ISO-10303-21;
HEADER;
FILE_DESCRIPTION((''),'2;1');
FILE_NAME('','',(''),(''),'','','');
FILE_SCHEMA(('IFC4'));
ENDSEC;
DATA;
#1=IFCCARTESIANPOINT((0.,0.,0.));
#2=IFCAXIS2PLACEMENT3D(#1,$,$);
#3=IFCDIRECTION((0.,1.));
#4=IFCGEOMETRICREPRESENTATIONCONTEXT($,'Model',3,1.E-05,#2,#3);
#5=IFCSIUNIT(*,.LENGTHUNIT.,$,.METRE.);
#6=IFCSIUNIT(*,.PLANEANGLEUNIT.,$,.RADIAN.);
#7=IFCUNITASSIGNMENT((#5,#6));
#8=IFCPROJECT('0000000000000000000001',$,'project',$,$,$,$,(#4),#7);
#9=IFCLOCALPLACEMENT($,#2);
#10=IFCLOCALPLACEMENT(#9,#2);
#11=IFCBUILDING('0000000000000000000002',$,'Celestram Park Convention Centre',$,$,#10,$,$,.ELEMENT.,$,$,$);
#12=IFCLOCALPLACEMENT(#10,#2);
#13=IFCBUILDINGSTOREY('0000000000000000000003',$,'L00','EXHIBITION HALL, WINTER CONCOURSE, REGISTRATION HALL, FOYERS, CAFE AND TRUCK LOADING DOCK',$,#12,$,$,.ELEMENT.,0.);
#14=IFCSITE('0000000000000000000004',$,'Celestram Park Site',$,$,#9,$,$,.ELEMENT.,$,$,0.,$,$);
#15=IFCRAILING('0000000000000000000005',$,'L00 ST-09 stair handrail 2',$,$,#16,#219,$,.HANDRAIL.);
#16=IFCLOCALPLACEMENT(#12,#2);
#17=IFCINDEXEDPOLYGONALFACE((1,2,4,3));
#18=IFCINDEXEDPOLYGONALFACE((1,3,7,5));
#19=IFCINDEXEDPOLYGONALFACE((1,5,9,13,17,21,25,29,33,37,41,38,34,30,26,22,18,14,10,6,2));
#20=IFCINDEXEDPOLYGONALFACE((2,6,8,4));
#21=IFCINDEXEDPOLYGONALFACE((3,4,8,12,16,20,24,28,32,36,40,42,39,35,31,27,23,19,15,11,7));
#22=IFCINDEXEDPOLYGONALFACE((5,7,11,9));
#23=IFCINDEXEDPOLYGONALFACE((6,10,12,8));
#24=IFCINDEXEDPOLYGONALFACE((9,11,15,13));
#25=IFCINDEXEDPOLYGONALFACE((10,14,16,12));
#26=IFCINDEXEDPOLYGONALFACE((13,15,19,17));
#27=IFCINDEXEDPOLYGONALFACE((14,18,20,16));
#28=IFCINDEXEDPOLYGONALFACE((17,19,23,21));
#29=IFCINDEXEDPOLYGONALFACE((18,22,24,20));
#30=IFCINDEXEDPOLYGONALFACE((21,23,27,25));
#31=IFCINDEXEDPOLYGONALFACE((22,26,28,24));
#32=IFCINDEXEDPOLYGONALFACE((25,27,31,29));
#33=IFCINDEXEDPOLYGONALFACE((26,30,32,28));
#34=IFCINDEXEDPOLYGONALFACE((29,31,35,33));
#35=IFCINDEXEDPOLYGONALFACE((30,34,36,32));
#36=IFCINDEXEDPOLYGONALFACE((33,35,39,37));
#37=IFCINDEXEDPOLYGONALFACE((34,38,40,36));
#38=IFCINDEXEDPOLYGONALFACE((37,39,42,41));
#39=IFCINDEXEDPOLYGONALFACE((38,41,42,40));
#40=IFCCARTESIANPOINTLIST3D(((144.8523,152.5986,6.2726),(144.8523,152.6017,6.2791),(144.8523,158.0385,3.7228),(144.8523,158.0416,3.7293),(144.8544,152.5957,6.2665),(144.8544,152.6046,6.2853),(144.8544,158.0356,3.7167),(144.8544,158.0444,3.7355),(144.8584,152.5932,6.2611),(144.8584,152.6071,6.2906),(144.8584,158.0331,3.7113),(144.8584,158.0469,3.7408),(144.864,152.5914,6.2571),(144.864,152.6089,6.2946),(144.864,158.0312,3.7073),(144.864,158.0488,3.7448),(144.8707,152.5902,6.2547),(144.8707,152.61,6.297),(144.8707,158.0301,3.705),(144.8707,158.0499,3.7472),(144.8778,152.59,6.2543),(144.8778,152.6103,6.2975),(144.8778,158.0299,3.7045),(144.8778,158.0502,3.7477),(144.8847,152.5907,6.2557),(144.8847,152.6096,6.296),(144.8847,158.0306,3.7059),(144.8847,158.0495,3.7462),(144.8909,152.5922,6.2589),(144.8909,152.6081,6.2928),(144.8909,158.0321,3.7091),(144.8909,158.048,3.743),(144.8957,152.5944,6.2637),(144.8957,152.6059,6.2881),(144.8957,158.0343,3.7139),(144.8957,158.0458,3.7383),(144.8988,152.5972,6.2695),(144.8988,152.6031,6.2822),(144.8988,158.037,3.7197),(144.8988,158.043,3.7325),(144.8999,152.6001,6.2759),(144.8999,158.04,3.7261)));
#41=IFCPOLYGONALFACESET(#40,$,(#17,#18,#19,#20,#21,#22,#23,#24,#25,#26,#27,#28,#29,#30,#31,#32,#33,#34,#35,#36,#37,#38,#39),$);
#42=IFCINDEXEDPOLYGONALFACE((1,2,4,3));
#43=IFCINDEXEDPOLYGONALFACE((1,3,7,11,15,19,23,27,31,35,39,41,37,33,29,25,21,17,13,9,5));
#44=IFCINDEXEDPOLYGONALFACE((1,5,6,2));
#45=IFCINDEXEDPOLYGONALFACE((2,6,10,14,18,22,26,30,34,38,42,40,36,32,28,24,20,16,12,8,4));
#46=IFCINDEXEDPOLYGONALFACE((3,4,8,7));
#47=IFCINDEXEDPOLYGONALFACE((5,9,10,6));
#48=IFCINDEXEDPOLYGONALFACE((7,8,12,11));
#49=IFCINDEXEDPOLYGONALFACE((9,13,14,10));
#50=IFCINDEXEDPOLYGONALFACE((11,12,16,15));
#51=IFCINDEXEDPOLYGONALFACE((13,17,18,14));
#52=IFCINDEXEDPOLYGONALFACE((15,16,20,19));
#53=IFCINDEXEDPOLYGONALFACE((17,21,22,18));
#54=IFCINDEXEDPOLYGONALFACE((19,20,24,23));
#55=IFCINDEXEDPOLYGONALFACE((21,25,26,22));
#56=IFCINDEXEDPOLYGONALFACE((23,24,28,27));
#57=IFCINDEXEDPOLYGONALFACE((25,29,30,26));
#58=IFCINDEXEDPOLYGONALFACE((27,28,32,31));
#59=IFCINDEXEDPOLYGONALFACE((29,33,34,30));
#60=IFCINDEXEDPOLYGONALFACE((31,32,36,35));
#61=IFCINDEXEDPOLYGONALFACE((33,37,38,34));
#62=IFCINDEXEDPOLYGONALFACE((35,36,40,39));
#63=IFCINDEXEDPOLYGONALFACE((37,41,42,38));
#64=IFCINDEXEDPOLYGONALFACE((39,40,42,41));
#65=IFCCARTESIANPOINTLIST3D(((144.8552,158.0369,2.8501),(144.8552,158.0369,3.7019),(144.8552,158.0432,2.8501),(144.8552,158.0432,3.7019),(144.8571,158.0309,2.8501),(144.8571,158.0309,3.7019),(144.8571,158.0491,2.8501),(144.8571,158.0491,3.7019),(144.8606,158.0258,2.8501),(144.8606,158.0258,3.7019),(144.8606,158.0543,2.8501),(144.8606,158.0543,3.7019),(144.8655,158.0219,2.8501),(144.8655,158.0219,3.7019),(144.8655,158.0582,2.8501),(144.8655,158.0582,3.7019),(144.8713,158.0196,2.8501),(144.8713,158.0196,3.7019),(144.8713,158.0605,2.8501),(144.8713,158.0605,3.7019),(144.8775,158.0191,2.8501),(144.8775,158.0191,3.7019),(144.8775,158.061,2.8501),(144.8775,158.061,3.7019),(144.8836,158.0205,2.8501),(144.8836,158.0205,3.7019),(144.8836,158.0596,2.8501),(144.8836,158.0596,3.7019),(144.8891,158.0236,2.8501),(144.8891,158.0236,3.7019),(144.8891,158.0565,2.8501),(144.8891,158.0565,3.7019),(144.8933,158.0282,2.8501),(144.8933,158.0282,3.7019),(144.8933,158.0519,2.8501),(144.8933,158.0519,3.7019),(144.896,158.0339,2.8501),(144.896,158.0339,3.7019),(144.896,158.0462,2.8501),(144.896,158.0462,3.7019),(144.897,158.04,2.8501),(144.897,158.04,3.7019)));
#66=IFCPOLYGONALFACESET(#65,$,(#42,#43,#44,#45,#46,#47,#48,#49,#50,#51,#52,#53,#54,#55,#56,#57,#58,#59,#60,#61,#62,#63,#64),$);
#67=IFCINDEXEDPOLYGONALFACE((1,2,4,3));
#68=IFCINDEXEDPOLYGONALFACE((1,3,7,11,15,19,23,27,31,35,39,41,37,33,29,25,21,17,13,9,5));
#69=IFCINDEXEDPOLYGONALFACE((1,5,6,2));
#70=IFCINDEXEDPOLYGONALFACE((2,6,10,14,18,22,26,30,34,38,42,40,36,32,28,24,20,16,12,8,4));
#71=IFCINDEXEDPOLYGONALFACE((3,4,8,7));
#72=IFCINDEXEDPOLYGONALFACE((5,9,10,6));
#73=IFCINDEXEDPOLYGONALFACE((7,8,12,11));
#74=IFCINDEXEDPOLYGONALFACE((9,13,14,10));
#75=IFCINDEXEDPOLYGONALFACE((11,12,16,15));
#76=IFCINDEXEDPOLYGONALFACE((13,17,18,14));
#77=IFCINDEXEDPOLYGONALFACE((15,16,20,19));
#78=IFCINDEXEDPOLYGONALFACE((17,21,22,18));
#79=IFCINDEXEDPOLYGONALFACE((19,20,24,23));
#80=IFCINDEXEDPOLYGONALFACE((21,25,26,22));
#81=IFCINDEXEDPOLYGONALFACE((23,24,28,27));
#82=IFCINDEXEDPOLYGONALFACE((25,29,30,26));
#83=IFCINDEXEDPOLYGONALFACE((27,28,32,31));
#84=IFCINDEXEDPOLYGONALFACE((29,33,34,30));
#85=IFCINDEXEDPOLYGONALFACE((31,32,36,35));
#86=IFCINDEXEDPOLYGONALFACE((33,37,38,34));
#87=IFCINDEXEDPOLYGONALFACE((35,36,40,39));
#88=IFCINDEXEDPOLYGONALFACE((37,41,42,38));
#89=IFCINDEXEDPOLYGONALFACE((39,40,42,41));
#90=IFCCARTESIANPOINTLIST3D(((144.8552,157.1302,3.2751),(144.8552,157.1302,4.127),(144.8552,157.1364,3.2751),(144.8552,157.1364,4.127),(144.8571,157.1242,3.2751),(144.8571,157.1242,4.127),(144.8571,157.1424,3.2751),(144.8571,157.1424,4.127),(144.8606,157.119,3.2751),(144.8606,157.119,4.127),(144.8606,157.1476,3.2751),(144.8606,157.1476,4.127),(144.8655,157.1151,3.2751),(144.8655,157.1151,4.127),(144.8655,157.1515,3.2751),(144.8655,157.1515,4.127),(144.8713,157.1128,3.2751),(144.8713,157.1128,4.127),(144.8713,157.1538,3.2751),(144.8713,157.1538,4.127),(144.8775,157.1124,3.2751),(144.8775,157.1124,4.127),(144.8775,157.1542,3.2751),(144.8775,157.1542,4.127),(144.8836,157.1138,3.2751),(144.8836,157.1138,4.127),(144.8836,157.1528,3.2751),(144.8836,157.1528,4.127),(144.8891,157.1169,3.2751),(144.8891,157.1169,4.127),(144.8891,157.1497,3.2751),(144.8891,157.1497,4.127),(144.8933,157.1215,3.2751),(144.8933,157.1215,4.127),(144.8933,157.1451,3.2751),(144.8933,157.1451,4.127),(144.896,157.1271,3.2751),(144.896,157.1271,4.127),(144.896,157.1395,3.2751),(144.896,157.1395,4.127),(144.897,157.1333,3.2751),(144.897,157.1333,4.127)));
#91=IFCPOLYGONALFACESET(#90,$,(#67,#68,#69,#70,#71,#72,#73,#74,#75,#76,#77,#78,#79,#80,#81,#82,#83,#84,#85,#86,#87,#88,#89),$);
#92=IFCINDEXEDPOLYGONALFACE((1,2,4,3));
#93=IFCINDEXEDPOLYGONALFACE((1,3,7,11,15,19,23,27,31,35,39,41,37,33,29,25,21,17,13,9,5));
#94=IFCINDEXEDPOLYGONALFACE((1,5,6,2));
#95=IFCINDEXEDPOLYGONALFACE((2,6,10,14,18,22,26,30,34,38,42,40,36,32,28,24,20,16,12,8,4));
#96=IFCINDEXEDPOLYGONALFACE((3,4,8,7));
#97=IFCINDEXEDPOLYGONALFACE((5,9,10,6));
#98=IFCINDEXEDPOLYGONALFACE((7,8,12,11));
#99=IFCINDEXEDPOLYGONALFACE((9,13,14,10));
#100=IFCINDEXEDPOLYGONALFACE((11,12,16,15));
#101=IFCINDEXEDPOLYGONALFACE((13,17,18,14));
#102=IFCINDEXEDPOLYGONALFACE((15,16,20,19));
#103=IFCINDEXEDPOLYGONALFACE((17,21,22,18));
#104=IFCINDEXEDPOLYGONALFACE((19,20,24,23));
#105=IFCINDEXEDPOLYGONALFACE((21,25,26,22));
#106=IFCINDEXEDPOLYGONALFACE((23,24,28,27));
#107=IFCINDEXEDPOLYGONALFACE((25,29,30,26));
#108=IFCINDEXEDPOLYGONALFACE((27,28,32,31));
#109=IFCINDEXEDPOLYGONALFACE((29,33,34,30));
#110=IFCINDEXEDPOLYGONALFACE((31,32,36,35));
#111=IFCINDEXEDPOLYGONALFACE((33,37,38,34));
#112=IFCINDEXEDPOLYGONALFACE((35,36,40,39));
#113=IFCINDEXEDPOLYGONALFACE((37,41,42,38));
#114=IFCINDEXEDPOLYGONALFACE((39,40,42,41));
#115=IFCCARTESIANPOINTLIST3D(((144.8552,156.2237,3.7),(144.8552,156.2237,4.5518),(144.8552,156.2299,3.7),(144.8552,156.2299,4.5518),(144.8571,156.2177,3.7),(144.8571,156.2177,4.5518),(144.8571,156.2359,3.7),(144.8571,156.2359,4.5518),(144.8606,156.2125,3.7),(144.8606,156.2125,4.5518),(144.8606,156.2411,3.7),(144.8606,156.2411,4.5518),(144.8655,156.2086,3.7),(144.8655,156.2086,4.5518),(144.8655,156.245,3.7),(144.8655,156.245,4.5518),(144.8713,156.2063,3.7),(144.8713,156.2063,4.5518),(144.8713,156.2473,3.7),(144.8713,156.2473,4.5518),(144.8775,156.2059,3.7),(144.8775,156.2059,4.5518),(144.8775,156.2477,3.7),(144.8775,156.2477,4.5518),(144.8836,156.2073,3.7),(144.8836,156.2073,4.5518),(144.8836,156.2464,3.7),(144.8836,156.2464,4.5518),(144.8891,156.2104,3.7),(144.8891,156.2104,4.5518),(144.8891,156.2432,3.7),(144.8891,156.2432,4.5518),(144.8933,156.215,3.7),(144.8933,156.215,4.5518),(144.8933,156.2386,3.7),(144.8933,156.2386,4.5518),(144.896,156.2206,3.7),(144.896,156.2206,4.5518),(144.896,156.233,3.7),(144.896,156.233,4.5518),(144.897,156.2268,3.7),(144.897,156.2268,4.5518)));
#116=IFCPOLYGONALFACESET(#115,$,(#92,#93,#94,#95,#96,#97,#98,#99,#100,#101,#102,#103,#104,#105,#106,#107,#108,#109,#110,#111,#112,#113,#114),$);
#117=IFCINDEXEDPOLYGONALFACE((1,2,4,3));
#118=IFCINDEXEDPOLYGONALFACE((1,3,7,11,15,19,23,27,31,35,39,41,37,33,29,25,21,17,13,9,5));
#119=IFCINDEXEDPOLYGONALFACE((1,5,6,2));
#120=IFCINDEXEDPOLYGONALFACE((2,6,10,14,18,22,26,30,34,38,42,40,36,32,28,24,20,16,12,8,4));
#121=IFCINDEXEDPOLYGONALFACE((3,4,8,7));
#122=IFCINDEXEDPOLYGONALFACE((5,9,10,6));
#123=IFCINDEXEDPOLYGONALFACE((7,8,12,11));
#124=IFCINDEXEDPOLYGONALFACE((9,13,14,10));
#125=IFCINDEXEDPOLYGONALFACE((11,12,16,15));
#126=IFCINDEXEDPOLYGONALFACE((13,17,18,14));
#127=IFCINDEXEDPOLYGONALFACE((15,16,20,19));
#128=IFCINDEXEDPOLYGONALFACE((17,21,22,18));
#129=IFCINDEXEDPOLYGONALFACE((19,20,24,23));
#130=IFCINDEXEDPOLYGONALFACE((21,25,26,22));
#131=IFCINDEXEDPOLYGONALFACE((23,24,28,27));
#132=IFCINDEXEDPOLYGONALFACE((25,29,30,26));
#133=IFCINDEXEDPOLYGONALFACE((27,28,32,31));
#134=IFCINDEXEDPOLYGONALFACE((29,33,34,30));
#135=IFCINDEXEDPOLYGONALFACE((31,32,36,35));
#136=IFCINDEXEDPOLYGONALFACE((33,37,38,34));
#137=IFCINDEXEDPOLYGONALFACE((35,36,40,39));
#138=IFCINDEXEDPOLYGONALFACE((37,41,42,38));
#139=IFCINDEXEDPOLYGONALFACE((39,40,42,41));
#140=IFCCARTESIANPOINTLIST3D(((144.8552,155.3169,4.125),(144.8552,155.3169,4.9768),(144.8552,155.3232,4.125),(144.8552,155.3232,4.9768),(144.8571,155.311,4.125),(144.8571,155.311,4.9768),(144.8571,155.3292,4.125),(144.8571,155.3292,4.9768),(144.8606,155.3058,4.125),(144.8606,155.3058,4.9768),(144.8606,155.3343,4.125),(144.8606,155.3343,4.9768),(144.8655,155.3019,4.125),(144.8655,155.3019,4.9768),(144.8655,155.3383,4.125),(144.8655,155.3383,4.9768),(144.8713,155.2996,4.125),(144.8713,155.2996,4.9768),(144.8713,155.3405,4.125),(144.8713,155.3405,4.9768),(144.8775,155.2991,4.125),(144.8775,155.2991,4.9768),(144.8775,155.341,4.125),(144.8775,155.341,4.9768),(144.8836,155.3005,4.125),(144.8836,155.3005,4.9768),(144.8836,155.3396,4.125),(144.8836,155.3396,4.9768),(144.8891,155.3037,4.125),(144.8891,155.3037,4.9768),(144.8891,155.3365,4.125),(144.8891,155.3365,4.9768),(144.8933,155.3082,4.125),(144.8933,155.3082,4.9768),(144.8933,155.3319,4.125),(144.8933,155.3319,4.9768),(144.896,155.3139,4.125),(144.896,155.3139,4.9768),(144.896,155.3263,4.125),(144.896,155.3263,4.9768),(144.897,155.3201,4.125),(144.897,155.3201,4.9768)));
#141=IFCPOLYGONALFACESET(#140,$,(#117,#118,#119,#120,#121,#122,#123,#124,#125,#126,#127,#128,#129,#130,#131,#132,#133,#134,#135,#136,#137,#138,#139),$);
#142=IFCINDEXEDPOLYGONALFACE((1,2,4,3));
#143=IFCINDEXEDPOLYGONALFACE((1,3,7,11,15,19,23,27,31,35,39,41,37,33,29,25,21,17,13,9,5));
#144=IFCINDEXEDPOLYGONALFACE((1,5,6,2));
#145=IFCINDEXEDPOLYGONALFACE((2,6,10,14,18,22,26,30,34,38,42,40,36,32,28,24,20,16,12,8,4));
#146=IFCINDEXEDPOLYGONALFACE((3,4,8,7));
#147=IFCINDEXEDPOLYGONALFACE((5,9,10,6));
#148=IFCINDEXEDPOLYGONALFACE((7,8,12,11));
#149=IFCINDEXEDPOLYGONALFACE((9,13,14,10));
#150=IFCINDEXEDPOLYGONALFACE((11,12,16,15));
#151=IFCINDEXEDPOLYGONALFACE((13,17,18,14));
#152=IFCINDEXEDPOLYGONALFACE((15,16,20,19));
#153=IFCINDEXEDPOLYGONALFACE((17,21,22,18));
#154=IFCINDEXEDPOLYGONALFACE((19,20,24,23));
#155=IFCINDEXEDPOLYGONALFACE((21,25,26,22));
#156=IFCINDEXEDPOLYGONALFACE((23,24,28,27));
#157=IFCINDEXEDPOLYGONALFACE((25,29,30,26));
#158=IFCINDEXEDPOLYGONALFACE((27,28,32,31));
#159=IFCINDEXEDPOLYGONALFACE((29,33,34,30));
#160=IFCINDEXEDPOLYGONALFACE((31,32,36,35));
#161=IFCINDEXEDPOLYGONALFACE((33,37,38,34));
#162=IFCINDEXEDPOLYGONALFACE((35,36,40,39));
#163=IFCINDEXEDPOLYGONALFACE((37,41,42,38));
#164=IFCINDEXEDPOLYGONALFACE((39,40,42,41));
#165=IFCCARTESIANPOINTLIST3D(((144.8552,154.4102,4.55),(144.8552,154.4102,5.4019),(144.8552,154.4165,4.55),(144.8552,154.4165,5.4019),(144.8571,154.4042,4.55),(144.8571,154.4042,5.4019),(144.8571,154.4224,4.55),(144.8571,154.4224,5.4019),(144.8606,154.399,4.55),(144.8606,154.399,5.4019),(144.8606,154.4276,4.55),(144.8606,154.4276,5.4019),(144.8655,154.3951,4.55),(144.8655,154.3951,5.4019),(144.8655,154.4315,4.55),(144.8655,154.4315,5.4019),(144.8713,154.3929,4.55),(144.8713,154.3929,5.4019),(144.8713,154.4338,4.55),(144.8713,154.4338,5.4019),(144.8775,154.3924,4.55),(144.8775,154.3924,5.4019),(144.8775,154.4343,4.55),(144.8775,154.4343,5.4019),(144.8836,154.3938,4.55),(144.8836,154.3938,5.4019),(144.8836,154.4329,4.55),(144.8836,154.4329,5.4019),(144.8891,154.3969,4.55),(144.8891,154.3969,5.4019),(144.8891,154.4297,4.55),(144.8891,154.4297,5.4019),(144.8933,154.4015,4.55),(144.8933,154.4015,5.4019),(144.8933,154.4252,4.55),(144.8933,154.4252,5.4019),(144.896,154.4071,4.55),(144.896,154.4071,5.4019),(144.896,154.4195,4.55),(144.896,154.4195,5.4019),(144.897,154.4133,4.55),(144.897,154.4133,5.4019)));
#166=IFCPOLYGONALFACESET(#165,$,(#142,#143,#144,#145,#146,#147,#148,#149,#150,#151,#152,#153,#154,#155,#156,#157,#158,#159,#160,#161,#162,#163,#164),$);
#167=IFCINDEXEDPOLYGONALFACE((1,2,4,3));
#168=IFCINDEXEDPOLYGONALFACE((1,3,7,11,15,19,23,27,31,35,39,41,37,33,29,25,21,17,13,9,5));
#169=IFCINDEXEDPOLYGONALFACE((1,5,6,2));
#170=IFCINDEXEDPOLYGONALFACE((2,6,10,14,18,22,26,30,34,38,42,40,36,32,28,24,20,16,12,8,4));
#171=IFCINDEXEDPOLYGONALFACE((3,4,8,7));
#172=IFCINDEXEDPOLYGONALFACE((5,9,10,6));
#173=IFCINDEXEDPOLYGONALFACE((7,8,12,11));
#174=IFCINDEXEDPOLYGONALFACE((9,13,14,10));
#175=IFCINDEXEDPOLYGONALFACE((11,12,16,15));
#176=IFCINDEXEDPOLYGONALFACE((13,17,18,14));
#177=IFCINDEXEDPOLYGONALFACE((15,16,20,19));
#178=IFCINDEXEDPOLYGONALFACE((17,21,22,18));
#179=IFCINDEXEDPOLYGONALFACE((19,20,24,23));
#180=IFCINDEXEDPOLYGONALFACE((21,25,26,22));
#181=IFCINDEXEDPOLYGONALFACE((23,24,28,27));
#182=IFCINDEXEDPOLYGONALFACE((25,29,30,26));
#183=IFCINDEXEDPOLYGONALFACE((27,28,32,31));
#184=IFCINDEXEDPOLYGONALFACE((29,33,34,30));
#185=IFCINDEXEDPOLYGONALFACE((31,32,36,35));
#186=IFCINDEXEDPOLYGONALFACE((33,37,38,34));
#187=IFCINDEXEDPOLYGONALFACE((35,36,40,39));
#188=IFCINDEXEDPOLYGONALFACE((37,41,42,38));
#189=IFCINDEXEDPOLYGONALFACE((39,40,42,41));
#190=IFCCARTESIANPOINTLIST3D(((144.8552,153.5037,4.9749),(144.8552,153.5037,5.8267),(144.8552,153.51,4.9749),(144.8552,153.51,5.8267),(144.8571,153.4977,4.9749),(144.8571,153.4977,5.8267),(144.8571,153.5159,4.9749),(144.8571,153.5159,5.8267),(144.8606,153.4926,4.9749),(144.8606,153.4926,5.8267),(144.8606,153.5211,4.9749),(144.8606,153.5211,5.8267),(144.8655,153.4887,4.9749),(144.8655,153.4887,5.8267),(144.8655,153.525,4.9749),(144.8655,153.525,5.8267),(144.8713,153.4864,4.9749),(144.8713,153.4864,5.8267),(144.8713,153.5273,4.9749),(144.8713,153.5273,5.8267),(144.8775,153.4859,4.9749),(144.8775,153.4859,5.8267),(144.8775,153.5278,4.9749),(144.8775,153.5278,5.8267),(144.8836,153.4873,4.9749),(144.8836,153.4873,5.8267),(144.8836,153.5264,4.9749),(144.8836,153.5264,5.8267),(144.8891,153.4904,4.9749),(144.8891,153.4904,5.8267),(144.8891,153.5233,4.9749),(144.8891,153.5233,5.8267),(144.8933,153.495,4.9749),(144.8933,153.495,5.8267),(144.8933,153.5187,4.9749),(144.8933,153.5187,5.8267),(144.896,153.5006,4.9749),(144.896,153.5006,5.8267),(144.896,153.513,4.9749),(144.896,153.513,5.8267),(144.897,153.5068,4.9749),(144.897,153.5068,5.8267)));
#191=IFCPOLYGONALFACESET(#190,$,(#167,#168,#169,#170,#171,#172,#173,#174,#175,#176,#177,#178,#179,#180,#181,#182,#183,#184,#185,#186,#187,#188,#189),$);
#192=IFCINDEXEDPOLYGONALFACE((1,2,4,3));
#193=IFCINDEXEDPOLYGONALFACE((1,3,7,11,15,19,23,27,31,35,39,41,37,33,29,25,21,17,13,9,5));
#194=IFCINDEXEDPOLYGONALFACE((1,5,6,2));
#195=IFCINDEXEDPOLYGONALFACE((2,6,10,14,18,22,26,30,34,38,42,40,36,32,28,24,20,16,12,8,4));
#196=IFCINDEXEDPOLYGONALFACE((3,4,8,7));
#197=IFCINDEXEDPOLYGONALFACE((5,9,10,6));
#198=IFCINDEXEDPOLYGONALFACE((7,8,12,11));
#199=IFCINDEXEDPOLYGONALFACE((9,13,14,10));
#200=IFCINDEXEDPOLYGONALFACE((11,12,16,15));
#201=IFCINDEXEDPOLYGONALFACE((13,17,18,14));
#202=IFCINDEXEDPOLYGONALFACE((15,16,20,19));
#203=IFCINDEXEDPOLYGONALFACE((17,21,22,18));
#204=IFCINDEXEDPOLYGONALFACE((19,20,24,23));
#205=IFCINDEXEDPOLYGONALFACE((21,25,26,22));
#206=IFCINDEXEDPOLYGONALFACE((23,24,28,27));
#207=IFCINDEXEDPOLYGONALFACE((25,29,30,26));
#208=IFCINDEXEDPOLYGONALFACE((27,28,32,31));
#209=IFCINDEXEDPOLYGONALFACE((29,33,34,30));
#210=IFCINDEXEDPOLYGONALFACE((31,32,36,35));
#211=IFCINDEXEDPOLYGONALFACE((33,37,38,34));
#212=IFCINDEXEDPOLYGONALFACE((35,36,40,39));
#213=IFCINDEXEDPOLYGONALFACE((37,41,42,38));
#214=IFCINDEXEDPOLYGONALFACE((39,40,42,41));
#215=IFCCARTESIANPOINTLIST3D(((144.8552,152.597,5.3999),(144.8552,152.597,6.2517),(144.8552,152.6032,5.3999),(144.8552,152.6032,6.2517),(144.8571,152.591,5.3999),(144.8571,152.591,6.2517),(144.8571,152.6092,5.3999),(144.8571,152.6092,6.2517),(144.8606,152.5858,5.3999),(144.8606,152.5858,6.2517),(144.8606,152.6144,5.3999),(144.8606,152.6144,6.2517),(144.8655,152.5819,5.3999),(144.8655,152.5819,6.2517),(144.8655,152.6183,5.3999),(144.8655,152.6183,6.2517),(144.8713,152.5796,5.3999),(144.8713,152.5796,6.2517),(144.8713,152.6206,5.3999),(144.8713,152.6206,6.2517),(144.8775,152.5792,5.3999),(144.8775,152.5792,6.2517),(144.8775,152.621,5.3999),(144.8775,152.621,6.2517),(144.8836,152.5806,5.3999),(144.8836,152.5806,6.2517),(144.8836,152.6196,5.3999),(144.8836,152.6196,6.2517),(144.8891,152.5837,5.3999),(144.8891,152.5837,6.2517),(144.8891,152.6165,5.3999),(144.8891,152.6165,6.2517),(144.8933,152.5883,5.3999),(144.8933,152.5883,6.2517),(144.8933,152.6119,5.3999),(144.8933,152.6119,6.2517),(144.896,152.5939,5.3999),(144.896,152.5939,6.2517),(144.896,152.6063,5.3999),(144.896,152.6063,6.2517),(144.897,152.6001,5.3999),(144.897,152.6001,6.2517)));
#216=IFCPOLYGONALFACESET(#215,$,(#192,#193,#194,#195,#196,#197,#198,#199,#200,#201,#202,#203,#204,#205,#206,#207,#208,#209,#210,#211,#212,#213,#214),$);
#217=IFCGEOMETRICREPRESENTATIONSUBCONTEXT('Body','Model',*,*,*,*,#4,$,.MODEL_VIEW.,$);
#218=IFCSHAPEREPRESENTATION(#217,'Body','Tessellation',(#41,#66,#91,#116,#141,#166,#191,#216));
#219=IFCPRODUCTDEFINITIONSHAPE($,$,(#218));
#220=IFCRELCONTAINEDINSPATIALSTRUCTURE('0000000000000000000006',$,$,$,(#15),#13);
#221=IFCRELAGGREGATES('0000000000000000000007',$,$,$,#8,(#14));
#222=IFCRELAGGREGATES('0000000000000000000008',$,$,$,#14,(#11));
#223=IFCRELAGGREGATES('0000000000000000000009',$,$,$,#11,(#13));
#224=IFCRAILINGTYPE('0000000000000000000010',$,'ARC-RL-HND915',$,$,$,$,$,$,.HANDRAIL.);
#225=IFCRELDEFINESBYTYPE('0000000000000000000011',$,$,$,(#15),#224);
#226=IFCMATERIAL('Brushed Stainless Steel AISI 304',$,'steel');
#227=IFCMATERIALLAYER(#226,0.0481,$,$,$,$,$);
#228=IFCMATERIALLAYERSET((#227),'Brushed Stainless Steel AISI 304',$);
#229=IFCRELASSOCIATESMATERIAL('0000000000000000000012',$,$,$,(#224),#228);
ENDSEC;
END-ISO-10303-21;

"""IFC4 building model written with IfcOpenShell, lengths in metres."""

from ifc_helpers import new_model, si_unit, direction, frame, origin, origin_2d, place, context, subcontext, project, spatial, circle, extrude, material, layer, layer_set, type_object, element, save


model = new_model("IFC4")

# Units and contexts
model_context = context("Model", 3, precision=1e-05, world=origin(), true_north=direction((0.0, 1.0)))
body_context = subcontext(model_context, "Body", "Model", "MODEL_VIEW")
ifc_project = project(units=[si_unit("LENGTHUNIT", "METRE"), si_unit("PLANEANGLEUNIT", "RADIAN")], contexts=[model_context])

# Site, building, storey
site_placement = place(None, origin())
site = spatial("IfcSite", under=ifc_project, at=site_placement, Name="Celestram Park Site", CompositionType="ELEMENT", RefElevation=0.0)
building_placement = place(site_placement, origin())
building = spatial("IfcBuilding", under=site, at=building_placement, Name="Celestram Park Convention Centre", CompositionType="ELEMENT")
storey_placement = place(building_placement, origin())
storey = spatial("IfcBuildingStorey", under=building, at=storey_placement, Name="L00", Description="EXHIBITION HALL, WINTER CONCOURSE, REGISTRATION HALL, FOYERS, CAFE AND TRUCK LOADING DOCK", CompositionType="ELEMENT", Elevation=0.0)

# Railing
ifc_material_1 = material(Name="Brushed Stainless Steel AISI 304", Category="steel")
ifc_layer_1 = layer(ifc_material_1, 0.0481)
ifc_layer_set_1 = layer_set([ifc_layer_1], Name="Brushed Stainless Steel AISI 304")
railing_type_1 = type_object("IfcRailingType", Name="ARC-RL-HND915", PredefinedType="HANDRAIL", material=ifc_layer_set_1)
railing_1_placement = place(storey_placement, frame((144.876, 158.04, 2.8501)))
element("IfcRailing", 1, at=railing_1_placement, inside=storey, type_object=railing_type_1, Name="L00 ST-09 stair handrail 2", PredefinedType="HANDRAIL", context=body_context, shape_type="SweptSolid", body=[
    extrude(circle(Radius=0.0239, at=origin_2d()), frame((0.0, 0.0, 0.876), z_axis=(0.0, -0.90547, 0.424411), x_axis=(1.0, 0.0, 0.0)), (0.0, 0.0, 1.0), 6.0078),
    extrude(circle(Radius=0.021, at=origin_2d()), origin(), (0.0, 0.0, 1.0), 0.8518),
    extrude(circle(Radius=0.021, at=origin_2d()), frame((0.0, -0.9067, 0.425)), (0.0, 0.0, 1.0), 0.8518),
    extrude(circle(Radius=0.021, at=origin_2d()), frame((0.0, -1.8132, 0.8499)), (0.0, 0.0, 1.0), 0.8518),
    extrude(circle(Radius=0.021, at=origin_2d()), frame((0.0, -2.72, 1.2749)), (0.0, 0.0, 1.0), 0.8518),
    extrude(circle(Radius=0.021, at=origin_2d()), frame((0.0, -3.6267, 1.7)), (0.0, 0.0, 1.0), 0.8518),
    extrude(circle(Radius=0.021, at=origin_2d()), frame((0.0, -4.5332, 2.1248)), (0.0, 0.0, 1.0), 0.8518),
    extrude(circle(Radius=0.021, at=origin_2d()), frame((0.0, -5.4399, 2.5498)), (0.0, 0.0, 1.0), 0.8518),
])

save(model, "model.ifc")
